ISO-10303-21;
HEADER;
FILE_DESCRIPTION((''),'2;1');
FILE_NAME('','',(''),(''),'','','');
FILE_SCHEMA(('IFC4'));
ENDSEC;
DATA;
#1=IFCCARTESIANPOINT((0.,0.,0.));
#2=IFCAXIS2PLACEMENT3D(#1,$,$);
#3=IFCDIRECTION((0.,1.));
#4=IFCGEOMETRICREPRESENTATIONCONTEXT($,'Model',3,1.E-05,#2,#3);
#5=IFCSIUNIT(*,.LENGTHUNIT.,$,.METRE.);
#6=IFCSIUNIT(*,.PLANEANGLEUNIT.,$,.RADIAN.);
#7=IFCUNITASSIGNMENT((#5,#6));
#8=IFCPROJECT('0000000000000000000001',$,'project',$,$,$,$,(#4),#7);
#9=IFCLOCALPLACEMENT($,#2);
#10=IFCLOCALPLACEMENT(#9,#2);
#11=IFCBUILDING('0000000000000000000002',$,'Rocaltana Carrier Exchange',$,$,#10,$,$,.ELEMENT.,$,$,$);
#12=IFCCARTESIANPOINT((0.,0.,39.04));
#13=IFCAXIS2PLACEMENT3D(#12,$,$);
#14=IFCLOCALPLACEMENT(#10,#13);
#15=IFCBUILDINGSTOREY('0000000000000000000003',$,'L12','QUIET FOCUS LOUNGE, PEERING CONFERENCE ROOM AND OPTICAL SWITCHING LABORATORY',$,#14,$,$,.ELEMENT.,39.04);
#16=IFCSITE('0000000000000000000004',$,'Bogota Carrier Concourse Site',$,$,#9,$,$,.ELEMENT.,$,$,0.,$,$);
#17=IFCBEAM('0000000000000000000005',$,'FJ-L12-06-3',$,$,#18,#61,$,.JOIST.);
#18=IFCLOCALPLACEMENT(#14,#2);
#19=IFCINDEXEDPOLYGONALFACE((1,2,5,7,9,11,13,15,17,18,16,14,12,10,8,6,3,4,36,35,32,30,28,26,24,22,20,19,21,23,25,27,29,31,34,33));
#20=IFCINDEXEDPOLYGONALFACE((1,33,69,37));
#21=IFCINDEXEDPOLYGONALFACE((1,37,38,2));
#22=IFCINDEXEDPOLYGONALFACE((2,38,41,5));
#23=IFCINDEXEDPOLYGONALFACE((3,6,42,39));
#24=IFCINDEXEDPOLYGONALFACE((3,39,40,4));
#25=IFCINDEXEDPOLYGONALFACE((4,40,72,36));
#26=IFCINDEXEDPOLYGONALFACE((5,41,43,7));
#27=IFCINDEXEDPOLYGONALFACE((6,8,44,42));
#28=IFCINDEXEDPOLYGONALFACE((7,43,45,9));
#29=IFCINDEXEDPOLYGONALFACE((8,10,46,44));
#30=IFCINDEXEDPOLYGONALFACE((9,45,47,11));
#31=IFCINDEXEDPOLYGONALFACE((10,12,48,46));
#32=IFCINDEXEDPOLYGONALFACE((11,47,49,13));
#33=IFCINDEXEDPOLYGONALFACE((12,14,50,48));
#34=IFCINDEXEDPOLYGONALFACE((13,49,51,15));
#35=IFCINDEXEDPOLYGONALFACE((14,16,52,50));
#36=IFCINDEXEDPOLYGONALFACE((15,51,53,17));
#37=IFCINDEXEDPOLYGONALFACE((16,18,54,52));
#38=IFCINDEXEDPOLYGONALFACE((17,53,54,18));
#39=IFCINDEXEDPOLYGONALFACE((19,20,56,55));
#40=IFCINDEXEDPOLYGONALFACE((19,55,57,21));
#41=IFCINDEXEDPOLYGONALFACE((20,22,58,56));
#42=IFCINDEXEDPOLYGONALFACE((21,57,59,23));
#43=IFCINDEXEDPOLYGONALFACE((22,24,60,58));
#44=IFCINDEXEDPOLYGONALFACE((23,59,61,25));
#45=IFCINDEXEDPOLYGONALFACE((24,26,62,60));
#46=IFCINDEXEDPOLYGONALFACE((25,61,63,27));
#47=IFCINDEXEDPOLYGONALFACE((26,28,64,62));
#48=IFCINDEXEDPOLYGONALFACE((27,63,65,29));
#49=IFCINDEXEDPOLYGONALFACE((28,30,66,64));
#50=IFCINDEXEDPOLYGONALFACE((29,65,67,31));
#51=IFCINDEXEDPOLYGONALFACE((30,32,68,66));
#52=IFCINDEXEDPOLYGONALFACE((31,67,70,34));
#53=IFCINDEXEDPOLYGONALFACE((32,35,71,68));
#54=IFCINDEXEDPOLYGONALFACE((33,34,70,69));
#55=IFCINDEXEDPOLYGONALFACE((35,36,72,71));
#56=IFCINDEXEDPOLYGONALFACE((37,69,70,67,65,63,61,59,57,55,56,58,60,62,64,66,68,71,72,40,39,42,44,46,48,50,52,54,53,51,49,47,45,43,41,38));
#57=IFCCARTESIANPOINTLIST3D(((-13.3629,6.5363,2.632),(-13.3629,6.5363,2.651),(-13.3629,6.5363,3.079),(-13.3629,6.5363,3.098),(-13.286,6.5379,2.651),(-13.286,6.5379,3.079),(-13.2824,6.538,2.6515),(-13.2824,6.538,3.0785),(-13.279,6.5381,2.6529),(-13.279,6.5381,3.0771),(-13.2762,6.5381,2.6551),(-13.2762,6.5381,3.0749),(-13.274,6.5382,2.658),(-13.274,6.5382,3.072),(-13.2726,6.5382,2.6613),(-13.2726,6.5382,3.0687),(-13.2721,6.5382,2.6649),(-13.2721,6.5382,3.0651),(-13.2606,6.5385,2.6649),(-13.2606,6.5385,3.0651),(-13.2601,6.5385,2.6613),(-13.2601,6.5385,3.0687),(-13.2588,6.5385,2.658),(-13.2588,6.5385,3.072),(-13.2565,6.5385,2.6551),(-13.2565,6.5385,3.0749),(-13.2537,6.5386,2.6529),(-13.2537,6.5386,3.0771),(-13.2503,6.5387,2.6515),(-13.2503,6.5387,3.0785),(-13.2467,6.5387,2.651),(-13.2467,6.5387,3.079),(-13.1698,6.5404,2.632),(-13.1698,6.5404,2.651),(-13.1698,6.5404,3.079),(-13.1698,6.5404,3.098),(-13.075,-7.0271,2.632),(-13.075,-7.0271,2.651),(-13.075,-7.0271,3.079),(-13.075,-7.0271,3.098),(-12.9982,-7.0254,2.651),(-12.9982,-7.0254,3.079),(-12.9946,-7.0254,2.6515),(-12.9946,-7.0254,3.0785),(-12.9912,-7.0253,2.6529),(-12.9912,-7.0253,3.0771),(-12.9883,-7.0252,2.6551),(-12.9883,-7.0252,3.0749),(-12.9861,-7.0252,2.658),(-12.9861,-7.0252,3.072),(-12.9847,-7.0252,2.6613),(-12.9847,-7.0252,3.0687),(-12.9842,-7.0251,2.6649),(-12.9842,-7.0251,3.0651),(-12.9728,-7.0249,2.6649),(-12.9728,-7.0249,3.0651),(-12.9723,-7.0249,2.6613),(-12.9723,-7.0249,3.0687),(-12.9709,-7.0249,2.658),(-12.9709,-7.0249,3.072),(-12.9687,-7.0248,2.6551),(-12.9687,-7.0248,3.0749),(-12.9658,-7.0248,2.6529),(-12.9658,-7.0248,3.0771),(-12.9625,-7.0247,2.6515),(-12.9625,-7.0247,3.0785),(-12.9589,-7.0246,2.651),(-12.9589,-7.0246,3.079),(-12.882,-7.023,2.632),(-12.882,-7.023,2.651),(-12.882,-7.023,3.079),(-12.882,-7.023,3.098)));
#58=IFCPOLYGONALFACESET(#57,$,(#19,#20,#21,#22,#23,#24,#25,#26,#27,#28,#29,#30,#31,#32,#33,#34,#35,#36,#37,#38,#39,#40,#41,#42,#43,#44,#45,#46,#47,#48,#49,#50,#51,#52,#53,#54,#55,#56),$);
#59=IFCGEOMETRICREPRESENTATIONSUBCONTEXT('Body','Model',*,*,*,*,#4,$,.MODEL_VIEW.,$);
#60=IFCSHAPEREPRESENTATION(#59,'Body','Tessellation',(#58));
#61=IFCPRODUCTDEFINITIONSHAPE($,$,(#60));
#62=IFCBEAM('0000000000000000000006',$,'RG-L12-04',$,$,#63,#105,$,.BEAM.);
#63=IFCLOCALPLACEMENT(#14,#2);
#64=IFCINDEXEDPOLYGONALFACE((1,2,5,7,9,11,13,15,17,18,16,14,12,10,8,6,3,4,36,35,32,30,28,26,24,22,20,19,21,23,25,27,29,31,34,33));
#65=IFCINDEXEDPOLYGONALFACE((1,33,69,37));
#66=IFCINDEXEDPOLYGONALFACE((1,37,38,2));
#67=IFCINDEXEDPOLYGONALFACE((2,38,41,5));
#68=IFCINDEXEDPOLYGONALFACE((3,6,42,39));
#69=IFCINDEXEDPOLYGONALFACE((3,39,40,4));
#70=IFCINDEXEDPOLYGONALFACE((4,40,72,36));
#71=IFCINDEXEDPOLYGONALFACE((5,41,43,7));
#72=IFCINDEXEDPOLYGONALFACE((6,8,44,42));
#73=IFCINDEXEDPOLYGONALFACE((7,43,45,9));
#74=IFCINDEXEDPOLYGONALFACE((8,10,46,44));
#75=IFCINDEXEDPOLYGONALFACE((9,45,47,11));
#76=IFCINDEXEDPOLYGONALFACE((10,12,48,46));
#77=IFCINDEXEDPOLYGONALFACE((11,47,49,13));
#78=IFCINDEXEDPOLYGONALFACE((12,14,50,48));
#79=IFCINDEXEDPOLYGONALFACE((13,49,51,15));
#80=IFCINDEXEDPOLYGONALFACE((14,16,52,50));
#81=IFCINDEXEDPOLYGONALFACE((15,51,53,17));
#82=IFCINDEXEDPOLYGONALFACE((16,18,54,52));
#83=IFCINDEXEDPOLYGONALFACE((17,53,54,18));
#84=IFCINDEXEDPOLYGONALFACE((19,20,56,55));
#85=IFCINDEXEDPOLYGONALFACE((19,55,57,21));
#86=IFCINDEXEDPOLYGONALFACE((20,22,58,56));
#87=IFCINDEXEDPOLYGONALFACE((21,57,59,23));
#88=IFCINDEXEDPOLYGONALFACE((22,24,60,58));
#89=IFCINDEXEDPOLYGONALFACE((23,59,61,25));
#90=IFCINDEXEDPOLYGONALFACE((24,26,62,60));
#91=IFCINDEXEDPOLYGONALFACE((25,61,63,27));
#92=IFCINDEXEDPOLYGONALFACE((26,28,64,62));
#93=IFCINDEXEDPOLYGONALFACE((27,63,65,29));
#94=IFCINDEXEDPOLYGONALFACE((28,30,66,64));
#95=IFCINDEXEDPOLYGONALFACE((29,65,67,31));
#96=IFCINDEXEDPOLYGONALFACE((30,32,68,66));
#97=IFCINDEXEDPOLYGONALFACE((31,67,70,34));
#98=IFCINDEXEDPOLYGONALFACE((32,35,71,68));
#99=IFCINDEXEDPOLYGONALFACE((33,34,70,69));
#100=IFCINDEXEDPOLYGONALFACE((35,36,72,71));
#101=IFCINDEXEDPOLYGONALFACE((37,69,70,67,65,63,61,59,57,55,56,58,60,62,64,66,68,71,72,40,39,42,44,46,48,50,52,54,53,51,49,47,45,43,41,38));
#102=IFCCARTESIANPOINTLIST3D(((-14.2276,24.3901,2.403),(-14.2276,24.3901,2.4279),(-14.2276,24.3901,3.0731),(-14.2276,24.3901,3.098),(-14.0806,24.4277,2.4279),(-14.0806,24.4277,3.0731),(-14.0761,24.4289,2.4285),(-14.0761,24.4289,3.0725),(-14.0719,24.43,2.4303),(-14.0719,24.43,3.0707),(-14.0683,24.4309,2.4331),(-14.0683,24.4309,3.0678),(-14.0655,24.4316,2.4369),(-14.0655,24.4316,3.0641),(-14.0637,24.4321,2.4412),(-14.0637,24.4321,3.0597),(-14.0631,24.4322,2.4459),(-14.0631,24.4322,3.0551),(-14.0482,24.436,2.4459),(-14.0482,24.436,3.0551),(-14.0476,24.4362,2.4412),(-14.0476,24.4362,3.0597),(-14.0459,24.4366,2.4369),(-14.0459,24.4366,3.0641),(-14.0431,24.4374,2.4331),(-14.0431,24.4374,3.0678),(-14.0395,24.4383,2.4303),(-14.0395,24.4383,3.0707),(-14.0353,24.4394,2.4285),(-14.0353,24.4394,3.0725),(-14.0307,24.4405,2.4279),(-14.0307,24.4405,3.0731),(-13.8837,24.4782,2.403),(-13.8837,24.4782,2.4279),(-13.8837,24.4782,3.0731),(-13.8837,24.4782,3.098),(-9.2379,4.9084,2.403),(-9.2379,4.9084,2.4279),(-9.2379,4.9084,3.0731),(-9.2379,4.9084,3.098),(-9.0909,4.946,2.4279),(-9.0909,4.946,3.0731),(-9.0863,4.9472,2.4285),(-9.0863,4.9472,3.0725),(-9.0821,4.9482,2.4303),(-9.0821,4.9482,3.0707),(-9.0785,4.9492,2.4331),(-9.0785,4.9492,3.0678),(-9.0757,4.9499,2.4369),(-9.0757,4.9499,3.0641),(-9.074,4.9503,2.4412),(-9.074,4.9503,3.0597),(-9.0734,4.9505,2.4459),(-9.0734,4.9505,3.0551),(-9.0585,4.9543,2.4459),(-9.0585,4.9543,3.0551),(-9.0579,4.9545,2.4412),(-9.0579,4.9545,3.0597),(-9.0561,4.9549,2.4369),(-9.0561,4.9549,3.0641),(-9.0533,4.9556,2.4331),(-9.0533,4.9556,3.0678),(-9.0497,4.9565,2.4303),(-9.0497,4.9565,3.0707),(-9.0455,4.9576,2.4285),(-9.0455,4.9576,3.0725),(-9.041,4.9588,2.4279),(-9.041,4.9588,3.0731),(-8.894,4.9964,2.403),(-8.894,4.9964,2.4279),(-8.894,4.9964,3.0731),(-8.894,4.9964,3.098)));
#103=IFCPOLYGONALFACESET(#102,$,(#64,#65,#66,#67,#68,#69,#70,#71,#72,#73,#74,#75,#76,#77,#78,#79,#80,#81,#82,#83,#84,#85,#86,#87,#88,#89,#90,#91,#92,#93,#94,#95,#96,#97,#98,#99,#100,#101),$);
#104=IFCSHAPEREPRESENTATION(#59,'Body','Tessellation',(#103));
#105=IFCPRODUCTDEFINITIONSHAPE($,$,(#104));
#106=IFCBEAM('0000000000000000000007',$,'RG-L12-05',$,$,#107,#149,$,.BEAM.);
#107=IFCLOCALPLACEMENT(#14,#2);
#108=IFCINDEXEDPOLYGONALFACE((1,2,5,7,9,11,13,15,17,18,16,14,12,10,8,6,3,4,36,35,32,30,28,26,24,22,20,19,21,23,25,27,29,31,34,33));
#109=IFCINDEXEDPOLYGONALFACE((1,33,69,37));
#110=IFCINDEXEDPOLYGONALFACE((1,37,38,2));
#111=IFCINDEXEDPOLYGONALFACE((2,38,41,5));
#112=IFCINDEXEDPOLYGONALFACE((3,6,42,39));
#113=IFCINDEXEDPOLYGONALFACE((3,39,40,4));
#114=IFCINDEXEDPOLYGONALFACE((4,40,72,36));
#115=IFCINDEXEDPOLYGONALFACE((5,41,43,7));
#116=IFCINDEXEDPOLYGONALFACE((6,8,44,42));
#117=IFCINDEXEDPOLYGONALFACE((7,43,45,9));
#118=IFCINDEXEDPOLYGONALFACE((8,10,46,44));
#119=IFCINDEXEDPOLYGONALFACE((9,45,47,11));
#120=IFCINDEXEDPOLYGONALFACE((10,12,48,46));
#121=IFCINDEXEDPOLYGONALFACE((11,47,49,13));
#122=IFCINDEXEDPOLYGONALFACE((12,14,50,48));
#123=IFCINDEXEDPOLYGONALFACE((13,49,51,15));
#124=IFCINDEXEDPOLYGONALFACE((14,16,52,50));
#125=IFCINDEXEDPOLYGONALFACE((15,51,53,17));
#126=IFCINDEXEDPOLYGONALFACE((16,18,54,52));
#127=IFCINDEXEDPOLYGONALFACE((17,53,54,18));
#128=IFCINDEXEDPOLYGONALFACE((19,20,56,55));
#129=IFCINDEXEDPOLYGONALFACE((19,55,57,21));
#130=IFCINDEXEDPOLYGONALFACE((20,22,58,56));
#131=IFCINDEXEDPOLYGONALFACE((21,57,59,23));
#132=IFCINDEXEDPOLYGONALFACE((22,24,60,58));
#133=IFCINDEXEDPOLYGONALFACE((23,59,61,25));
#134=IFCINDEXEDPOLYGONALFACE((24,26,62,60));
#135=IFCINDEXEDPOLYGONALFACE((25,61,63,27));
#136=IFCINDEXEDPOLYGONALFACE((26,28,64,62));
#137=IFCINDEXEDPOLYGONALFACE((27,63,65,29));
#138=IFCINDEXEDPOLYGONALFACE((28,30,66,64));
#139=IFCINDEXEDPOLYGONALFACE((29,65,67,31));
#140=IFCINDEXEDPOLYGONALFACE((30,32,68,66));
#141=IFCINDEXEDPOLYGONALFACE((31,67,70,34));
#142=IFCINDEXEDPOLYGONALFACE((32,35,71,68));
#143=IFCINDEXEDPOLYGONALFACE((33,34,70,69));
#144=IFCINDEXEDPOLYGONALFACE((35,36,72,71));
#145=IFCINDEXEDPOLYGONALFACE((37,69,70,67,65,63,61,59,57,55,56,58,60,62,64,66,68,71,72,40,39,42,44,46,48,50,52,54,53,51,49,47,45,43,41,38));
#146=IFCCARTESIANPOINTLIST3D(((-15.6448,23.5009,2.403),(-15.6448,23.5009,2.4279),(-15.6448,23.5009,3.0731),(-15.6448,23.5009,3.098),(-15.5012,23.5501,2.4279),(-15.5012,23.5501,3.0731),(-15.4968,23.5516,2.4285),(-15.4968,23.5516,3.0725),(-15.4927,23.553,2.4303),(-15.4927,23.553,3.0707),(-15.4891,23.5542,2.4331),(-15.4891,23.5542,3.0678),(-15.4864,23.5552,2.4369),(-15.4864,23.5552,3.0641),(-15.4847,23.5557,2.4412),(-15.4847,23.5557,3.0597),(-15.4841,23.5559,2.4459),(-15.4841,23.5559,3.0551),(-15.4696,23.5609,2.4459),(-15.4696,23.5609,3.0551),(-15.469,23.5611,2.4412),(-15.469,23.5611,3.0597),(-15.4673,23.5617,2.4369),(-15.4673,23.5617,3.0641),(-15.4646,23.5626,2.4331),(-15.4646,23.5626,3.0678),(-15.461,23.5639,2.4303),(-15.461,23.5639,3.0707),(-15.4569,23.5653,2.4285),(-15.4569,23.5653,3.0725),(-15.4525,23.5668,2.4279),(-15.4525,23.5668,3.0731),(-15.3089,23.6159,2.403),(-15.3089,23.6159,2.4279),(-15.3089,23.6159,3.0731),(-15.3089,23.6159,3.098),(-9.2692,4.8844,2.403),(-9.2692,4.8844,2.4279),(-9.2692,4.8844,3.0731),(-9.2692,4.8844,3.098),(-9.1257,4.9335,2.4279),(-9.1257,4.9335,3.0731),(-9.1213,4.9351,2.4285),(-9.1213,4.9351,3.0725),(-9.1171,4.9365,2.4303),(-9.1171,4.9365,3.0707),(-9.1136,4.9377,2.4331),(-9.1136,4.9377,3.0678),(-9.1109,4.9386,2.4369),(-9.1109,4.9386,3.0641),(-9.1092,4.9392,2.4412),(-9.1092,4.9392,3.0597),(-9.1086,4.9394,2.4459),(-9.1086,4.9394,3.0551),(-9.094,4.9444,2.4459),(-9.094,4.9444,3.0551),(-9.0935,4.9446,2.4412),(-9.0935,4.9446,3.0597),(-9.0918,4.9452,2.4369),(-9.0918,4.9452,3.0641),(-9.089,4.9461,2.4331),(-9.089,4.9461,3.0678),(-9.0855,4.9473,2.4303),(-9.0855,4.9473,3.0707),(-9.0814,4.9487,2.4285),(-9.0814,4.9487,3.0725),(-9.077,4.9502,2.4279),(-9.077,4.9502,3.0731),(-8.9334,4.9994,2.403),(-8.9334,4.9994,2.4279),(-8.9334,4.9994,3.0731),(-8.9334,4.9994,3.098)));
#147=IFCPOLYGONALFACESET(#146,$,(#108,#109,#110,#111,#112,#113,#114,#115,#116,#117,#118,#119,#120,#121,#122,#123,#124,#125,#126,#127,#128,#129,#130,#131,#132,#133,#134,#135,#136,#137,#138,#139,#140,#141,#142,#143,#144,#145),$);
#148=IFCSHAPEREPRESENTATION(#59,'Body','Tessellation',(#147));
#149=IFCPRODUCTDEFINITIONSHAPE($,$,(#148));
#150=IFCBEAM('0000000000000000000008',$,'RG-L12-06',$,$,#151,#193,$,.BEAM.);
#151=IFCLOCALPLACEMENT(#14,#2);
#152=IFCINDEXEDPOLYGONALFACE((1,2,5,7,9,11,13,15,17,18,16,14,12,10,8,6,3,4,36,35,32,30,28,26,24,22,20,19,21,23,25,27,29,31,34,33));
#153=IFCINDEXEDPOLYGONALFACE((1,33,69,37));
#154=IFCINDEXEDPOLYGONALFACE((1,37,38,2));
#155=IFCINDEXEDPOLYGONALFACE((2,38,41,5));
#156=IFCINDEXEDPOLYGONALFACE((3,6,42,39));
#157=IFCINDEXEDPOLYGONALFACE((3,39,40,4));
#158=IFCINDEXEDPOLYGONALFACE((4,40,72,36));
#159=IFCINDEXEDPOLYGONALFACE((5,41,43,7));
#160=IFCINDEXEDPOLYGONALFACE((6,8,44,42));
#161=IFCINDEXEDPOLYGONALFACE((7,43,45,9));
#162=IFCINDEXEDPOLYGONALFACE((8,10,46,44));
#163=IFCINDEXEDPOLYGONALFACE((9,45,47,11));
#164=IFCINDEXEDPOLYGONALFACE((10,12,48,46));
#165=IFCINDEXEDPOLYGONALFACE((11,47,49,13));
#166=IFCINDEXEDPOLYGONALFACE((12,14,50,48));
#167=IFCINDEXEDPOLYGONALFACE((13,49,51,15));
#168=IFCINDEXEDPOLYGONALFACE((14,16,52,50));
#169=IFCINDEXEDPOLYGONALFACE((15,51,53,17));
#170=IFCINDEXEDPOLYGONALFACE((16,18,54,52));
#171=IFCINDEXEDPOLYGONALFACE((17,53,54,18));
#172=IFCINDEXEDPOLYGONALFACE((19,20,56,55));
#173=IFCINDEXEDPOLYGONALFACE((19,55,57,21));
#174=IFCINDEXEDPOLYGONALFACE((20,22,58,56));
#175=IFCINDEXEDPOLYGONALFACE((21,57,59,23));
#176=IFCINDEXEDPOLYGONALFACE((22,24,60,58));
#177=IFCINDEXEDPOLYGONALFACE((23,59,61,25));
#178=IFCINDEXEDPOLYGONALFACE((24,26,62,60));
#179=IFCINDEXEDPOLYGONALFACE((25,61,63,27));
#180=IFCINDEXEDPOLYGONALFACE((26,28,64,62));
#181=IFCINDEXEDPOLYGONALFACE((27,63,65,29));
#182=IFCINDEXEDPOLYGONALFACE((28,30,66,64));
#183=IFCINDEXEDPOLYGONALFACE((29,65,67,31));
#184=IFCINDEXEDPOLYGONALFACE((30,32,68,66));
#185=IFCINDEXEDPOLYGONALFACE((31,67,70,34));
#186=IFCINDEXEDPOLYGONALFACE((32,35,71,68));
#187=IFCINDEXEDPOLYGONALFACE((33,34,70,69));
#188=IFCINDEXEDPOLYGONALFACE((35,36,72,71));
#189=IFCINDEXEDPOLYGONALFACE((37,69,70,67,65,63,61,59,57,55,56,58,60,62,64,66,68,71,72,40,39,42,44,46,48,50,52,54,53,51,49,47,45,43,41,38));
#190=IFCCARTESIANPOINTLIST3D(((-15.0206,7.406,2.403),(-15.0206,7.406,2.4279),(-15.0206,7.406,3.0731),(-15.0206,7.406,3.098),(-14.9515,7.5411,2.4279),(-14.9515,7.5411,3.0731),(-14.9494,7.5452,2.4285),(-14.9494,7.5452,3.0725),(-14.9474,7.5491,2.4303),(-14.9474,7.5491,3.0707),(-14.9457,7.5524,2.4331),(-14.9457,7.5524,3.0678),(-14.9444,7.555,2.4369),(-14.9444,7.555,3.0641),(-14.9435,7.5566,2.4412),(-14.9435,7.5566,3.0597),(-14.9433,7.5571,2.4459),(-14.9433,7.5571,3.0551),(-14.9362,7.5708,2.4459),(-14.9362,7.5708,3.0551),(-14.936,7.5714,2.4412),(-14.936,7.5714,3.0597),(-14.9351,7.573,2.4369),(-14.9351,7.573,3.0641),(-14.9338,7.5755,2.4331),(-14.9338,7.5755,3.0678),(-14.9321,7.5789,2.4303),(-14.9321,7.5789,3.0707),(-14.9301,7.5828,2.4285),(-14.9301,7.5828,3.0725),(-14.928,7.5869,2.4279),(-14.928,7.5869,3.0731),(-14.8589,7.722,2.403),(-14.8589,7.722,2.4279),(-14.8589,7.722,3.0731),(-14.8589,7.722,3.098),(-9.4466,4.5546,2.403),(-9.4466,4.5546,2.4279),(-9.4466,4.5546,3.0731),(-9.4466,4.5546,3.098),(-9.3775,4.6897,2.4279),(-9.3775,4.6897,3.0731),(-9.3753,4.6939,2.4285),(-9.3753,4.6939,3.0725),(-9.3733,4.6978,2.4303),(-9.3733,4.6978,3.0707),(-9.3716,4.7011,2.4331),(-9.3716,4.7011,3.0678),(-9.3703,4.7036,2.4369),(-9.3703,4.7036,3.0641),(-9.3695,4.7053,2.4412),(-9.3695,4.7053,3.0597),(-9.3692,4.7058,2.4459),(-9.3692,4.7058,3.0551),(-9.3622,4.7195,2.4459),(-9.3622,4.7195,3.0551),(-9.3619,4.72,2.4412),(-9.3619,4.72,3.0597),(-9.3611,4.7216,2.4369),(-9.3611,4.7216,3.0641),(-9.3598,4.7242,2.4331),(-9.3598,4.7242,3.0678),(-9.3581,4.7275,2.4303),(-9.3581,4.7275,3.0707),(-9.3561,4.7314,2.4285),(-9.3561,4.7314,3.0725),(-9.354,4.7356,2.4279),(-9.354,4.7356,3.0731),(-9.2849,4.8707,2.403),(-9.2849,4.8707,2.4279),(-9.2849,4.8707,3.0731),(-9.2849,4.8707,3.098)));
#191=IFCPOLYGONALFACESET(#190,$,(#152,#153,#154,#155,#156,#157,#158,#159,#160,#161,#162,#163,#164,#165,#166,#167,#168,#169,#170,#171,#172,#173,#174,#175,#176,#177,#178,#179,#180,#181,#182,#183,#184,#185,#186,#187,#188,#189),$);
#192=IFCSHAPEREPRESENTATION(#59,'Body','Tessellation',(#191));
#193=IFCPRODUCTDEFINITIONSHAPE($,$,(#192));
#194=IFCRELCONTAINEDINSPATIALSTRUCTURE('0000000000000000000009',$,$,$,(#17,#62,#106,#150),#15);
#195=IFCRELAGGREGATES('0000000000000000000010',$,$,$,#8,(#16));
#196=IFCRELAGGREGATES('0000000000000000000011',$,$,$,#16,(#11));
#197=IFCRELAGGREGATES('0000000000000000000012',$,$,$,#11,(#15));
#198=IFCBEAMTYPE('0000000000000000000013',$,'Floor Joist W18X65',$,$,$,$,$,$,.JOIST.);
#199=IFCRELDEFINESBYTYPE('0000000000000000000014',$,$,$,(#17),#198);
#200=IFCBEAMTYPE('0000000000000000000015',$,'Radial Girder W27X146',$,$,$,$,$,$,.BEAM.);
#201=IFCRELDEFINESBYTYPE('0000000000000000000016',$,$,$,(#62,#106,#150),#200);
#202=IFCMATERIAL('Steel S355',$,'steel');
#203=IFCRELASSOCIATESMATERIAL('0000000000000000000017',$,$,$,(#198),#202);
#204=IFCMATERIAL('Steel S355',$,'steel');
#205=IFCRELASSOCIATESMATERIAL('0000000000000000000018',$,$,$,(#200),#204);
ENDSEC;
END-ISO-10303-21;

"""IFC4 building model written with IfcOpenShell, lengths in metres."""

from ifc_helpers import new_model, si_unit, direction, frame, origin, origin_2d, place, context, subcontext, project, spatial, i_section, extrude, material, material_profile, profile_set, type_object, element, save


model = new_model("IFC4")

# Units and contexts
model_context = context("Model", 3, precision=1e-05, world=origin(), true_north=direction((0.0, 1.0)))
body_context = subcontext(model_context, "Body", "Model", "MODEL_VIEW")
ifc_project = project(units=[si_unit("LENGTHUNIT", "METRE"), si_unit("PLANEANGLEUNIT", "RADIAN")], contexts=[model_context])

# Site, building, storey
site_placement = place(None, origin())
site = spatial("IfcSite", under=ifc_project, at=site_placement, Name="Bogota Carrier Concourse Site", CompositionType="ELEMENT", RefElevation=0.0)
building_placement = place(site_placement, origin())
building = spatial("IfcBuilding", under=site, at=building_placement, Name="Rocaltana Carrier Exchange", CompositionType="ELEMENT")
storey_placement = place(building_placement, frame((0.0, 0.0, 39.04)))
storey = spatial("IfcBuildingStorey", under=building, at=storey_placement, Name="L12", Description="QUIET FOCUS LOUNGE, PEERING CONFERENCE ROOM AND OPTICAL SWITCHING LABORATORY", CompositionType="ELEMENT", Elevation=39.04)

# Beams
ifc_material_1 = material(Name="Steel S355", Category="steel")
ifc_material_profile_1 = material_profile(ifc_material_1, i_section(OverallWidth=0.1931, OverallDepth=0.4661, WebThickness=0.0115, FlangeThickness=0.019, FilletRadius=0.0139, at=origin_2d()), Name="W18X65")
ifc_profile_set_1 = profile_set([ifc_material_profile_1], Name="Steel S355")
beam_type_1 = type_object("IfcBeamType", Name="Floor Joist W18X65", PredefinedType="JOIST", material=ifc_profile_set_1)
beam_1_placement = place(storey_placement, frame((-13.2664, 6.5383, 2.865), z_axis=(0.021217, -0.999775, 0.0), x_axis=(0.999775, 0.021217, 0.0)))
element("IfcBeam", 1, at=beam_1_placement, inside=storey, type_object=beam_type_1, Name="FJ-L12-06-3", PredefinedType="JOIST", context=body_context, shape_type="SweptSolid", body=[
    extrude(i_section(OverallWidth=0.1931, OverallDepth=0.4661, WebThickness=0.0115, FlangeThickness=0.019, FilletRadius=0.0139, at=origin_2d()), origin(), (0.0, 0.0, 1.0), 13.5664),
])
ifc_material_2 = material(Name="Steel S355", Category="steel")
ifc_material_profile_2 = material_profile(ifc_material_2, i_section(OverallWidth=0.355, OverallDepth=0.6951, WebThickness=0.0154, FlangeThickness=0.0249, FilletRadius=0.0181, at=origin_2d()), Name="W27X146")
ifc_profile_set_2 = profile_set([ifc_material_profile_2], Name="Steel S355")
beam_type_2 = type_object("IfcBeamType", Name="Radial Girder W27X146", PredefinedType="BEAM", material=ifc_profile_set_2)
beam_2_placement = place(storey_placement, frame((-9.0659, 4.9524, 2.7505), z_axis=(-0.248116, 0.96873, 0.0), x_axis=(-0.96873, -0.248116, 0.0)))
element("IfcBeam", 2, at=beam_2_placement, inside=storey, type_object=beam_type_2, Name="RG-L12-04", PredefinedType="BEAM", context=body_context, shape_type="SweptSolid", body=[
    extrude(i_section(OverallWidth=0.355, OverallDepth=0.6951, WebThickness=0.0154, FlangeThickness=0.0249, FilletRadius=0.0181, at=origin_2d()), origin(), (0.0, 0.0, 1.0), 20.1106),
])
beam_3_placement = place(storey_placement, frame((-9.1013, 4.9419, 2.7505), z_axis=(-0.323993, 0.94606, 0.0), x_axis=(-0.94606, -0.323993, 0.0)))
element("IfcBeam", 3, at=beam_3_placement, inside=storey, type_object=beam_type_2, Name="RG-L12-05", PredefinedType="BEAM", context=body_context, shape_type="SweptSolid", body=[
    extrude(i_section(OverallWidth=0.355, OverallDepth=0.6951, WebThickness=0.0154, FlangeThickness=0.0249, FilletRadius=0.0181, at=origin_2d()), origin(), (0.0, 0.0, 1.0), 19.678),
])
beam_4_placement = place(storey_placement, frame((-9.3657, 4.7126, 2.7505), z_axis=(-0.890279, 0.455415, 0.0), x_axis=(-0.455415, -0.890279, 0.0)))
element("IfcBeam", 4, at=beam_4_placement, inside=storey, type_object=beam_type_2, Name="RG-L12-06", PredefinedType="BEAM", context=body_context, shape_type="SweptSolid", body=[
    extrude(i_section(OverallWidth=0.355, OverallDepth=0.6951, WebThickness=0.0154, FlangeThickness=0.0249, FilletRadius=0.0181, at=origin_2d()), origin(), (0.0, 0.0, 1.0), 6.261),
])

save(model, "model.ifc")
